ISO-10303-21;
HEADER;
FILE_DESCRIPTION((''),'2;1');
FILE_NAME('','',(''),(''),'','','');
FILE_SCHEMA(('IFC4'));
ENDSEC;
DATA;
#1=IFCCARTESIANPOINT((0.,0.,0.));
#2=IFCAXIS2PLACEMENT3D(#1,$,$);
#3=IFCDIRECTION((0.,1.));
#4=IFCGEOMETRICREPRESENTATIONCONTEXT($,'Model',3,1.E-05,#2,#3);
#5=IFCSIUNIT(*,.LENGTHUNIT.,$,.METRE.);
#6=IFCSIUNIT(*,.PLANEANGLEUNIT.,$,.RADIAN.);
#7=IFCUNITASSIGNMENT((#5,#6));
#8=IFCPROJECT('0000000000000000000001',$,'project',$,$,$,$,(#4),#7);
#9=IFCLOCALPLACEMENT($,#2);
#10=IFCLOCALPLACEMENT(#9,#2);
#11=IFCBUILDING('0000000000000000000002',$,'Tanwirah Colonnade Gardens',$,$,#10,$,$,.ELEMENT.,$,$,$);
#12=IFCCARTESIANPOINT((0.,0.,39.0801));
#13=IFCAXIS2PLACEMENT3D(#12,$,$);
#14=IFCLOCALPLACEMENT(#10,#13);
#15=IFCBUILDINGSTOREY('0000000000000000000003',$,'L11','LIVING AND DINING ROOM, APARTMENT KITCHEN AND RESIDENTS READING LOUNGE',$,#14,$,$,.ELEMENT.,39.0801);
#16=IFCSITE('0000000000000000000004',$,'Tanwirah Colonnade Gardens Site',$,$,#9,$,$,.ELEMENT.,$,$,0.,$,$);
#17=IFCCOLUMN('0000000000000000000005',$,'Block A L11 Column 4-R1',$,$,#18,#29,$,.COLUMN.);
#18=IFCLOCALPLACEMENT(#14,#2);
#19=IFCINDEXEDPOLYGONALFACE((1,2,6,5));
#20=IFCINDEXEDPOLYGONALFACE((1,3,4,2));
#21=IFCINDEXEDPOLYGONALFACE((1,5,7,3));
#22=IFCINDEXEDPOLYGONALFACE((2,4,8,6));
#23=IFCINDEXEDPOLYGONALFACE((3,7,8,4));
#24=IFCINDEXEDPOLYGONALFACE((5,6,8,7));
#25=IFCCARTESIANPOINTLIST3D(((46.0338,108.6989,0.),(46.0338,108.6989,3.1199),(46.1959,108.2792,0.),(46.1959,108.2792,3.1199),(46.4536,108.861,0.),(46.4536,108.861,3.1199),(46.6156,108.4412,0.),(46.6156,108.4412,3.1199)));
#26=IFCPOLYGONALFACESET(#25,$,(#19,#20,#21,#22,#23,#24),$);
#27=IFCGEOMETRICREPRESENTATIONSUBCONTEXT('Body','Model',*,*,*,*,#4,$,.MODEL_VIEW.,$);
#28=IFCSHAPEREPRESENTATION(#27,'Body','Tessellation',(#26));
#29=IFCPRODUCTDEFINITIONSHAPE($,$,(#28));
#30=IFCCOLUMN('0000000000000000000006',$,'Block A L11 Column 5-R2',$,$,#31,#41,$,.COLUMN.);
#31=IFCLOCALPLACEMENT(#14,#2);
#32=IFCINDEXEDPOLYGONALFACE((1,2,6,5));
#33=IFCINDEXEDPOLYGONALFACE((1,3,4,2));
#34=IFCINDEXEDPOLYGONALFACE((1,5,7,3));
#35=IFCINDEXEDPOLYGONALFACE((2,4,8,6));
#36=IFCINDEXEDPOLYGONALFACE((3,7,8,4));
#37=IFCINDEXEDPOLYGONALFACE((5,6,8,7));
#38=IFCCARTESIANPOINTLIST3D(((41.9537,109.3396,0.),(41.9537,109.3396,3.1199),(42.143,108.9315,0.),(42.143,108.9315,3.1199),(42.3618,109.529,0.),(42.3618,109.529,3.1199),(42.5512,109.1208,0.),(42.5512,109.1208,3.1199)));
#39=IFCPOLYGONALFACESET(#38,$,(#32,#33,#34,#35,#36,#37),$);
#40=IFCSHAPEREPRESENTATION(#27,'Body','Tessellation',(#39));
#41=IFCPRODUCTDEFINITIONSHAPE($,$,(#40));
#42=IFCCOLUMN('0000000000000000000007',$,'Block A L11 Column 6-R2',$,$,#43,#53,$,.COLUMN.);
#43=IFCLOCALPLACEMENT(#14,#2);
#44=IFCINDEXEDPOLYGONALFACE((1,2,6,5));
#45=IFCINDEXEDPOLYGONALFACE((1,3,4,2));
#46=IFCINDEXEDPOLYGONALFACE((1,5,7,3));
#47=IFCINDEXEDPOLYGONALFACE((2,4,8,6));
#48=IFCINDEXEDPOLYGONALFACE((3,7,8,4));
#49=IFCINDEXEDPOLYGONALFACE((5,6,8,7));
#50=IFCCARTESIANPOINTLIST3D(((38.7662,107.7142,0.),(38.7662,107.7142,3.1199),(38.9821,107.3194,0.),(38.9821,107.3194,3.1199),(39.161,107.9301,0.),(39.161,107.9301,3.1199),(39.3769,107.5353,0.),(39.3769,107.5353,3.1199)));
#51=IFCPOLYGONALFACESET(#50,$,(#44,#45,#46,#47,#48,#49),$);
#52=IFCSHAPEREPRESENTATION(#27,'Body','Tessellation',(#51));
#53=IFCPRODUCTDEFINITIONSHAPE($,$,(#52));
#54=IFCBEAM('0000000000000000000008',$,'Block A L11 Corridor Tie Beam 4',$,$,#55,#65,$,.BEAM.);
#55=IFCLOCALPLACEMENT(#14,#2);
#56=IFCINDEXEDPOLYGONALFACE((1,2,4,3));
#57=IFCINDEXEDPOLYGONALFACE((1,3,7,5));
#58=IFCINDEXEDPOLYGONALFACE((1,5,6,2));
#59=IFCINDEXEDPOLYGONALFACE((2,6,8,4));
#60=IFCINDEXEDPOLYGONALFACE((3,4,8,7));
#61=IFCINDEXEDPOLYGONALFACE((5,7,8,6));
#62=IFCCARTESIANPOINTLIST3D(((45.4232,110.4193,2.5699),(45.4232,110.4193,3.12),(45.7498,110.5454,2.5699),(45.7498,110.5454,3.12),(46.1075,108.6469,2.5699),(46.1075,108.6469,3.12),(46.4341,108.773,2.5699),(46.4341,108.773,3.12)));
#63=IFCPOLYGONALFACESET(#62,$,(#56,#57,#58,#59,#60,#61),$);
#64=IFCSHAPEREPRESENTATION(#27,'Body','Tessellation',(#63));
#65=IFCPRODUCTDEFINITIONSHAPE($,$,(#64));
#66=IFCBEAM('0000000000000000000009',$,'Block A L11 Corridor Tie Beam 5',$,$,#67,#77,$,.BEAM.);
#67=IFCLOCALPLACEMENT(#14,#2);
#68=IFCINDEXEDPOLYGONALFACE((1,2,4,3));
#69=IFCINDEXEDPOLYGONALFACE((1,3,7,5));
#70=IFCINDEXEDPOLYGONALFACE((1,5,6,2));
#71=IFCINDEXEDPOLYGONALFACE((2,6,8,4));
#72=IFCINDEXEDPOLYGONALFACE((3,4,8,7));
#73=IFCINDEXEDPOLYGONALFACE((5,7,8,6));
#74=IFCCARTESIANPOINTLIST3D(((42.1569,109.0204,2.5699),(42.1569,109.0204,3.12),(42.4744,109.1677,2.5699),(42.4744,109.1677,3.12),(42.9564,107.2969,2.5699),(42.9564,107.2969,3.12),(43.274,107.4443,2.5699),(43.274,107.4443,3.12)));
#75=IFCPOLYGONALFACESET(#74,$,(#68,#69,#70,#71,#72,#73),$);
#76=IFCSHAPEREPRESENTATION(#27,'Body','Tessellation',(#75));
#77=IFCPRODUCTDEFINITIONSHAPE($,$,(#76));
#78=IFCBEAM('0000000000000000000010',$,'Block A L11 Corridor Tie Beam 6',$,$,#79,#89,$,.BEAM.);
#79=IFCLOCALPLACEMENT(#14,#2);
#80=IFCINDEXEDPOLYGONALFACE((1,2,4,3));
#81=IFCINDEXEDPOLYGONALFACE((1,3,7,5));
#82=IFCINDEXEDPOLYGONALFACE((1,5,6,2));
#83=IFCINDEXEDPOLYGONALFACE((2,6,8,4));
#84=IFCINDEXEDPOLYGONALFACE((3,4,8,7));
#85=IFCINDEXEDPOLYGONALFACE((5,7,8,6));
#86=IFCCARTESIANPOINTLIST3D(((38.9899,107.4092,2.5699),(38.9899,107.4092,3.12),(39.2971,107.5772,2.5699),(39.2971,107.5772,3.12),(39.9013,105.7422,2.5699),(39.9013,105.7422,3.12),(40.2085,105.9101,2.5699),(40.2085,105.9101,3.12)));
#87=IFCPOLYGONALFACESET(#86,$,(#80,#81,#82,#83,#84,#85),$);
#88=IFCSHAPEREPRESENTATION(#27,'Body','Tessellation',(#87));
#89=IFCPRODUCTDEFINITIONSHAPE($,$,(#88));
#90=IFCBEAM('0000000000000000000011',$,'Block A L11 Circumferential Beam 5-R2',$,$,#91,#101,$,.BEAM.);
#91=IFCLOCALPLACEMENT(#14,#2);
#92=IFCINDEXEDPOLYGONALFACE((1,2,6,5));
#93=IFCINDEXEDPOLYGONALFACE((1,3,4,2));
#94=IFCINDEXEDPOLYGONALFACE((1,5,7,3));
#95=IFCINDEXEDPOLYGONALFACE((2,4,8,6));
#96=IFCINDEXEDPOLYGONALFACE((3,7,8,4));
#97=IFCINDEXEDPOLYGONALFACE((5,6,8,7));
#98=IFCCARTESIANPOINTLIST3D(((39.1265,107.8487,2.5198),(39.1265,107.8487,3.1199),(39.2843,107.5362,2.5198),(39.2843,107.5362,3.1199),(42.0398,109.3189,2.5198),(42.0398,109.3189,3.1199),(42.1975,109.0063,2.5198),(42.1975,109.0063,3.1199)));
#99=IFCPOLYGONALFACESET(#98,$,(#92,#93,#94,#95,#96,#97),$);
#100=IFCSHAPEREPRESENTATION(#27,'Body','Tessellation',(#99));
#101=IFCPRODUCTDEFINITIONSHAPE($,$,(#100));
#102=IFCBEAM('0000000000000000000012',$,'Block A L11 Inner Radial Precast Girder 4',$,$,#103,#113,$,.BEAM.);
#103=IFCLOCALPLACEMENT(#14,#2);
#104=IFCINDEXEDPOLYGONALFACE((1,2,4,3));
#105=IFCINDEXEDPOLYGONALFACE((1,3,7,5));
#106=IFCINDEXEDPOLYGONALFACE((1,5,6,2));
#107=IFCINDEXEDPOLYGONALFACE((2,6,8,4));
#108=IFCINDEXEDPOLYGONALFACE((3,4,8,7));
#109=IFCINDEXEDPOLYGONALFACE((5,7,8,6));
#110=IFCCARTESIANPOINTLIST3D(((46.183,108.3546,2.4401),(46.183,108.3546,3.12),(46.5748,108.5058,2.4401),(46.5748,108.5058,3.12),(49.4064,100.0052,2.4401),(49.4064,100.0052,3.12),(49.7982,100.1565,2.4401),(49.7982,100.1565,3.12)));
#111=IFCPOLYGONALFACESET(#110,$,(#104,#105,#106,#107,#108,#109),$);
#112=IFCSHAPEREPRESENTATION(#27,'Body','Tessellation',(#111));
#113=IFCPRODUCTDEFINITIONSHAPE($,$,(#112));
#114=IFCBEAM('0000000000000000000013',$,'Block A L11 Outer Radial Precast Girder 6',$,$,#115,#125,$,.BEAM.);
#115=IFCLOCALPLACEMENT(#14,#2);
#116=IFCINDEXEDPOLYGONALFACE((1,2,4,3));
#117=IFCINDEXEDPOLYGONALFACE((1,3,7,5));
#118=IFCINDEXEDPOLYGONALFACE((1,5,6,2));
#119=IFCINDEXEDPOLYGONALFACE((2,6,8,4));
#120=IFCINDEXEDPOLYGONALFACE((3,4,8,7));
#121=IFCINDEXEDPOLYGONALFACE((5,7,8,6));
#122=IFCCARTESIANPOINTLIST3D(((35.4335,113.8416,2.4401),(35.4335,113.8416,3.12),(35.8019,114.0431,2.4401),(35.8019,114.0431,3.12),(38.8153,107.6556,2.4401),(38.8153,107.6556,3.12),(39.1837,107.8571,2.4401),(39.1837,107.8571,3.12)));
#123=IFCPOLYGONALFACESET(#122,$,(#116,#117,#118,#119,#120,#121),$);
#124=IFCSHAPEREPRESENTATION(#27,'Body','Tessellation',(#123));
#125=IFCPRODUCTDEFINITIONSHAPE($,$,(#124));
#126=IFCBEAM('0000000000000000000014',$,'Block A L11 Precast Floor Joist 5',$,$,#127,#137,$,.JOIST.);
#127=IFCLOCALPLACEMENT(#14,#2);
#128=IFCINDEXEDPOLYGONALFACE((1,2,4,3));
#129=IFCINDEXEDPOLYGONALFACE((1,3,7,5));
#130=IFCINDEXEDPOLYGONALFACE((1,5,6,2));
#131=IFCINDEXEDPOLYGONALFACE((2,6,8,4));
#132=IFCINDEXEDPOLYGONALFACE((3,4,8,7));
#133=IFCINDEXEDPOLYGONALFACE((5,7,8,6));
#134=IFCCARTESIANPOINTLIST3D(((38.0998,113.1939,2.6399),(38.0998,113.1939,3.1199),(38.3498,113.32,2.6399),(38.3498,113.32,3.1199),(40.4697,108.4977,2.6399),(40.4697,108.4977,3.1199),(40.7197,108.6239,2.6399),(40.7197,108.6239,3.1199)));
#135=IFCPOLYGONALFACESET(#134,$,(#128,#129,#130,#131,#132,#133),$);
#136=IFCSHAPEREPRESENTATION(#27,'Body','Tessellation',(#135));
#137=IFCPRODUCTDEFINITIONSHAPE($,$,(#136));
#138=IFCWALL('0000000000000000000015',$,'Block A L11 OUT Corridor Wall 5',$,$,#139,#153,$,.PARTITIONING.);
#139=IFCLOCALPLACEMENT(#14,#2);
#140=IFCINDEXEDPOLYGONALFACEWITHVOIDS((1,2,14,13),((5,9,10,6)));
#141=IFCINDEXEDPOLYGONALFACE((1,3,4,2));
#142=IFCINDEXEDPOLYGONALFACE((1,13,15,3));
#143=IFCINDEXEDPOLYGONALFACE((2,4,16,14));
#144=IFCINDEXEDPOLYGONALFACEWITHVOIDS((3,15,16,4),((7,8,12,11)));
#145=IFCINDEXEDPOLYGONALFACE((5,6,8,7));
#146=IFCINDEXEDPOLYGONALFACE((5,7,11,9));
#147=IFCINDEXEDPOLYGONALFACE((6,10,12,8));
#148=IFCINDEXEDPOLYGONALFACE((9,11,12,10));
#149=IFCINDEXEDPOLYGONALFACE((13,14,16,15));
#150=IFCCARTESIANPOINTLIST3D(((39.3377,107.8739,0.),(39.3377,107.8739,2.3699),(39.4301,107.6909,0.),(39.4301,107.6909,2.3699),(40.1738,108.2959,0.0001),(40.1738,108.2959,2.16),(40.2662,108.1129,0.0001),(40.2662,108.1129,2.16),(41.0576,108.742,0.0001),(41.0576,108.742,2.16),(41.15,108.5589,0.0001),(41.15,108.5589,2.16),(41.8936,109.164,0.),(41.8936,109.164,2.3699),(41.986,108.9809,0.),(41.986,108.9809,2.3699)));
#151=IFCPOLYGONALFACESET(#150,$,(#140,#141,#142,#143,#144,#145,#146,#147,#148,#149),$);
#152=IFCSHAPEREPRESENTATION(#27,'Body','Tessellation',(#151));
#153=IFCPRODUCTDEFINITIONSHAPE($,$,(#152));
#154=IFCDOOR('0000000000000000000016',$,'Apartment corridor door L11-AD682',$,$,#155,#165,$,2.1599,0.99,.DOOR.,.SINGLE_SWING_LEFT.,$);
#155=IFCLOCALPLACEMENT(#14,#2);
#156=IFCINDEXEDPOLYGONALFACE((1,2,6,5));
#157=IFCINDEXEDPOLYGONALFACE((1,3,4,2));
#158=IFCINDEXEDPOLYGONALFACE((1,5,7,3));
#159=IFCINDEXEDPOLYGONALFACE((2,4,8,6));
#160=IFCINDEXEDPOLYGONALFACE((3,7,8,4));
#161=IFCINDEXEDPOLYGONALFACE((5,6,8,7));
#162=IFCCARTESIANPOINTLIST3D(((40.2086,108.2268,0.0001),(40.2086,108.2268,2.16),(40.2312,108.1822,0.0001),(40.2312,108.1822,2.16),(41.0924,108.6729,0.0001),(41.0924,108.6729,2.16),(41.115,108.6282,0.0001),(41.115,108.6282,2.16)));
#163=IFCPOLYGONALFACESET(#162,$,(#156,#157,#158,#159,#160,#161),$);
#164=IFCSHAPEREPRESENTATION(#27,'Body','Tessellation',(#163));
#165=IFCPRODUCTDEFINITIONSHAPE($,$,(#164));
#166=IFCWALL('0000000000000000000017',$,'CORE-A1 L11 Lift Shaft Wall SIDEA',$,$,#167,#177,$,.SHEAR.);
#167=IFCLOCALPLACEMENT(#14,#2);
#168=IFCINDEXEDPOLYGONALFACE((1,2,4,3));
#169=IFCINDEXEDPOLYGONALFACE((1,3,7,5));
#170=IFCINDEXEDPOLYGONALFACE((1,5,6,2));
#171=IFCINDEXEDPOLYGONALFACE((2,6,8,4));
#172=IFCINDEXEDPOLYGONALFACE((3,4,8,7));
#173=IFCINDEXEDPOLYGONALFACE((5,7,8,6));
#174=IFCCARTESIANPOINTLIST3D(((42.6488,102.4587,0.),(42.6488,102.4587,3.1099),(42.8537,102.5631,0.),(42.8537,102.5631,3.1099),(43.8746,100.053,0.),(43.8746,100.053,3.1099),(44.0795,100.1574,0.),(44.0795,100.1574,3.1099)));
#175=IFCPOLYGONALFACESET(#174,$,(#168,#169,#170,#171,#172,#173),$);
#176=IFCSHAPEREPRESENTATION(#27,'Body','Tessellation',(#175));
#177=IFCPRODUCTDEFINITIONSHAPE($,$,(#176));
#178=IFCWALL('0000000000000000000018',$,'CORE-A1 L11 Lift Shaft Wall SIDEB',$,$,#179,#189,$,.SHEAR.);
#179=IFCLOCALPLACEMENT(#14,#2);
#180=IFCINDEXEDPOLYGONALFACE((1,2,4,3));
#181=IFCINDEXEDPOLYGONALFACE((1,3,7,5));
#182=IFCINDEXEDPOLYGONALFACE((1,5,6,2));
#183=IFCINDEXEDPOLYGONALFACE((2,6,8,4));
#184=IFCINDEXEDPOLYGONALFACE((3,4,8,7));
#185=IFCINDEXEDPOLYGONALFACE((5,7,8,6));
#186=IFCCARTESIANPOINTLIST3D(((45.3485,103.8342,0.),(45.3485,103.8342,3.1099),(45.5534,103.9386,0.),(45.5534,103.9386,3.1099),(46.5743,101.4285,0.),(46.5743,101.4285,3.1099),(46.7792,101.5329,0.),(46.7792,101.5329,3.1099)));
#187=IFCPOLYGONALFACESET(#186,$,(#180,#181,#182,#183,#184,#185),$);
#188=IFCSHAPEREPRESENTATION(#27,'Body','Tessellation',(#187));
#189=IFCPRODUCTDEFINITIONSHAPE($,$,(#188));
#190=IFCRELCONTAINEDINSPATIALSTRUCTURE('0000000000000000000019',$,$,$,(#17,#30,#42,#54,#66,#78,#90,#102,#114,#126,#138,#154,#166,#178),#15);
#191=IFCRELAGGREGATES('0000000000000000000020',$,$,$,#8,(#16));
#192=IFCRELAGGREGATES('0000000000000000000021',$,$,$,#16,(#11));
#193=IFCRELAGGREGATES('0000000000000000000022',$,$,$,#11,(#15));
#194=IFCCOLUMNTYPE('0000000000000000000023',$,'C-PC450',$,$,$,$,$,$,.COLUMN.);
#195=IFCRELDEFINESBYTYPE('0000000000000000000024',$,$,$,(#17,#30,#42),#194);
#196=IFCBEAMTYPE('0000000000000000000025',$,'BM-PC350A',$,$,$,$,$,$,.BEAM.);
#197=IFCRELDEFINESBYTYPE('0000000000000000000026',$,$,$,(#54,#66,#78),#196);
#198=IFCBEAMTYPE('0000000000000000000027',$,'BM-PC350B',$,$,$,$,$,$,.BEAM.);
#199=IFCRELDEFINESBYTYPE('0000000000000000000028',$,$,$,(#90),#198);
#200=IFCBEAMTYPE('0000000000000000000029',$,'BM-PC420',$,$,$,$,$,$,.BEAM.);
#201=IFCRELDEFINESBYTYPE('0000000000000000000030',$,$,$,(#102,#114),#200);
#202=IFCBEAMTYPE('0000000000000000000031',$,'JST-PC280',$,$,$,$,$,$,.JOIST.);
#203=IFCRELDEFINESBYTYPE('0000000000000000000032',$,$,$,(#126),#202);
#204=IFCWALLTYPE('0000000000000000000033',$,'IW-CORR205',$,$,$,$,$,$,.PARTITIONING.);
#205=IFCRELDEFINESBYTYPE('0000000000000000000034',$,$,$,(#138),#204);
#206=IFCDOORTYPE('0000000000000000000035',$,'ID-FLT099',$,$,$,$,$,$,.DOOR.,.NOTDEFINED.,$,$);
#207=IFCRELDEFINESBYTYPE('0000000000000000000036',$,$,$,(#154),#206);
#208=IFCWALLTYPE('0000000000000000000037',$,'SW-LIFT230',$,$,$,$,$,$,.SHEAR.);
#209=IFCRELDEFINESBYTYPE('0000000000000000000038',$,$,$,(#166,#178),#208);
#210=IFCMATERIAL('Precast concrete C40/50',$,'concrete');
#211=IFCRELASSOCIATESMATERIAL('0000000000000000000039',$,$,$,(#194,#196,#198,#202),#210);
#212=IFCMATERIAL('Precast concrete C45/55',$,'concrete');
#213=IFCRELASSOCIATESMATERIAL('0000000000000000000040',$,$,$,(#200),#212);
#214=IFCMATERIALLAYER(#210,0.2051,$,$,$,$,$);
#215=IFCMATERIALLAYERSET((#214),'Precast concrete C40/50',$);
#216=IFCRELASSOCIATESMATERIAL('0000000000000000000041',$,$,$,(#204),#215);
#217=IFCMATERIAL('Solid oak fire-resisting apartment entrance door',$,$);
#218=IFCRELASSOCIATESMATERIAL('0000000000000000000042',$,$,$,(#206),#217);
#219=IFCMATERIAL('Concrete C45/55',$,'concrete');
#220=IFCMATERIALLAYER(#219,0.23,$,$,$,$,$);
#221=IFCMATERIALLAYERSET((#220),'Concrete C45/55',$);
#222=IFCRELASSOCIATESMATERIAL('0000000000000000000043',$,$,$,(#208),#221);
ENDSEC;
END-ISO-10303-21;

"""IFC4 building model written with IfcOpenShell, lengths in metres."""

from ifc_helpers import new_model, si_unit, direction, frame, frame_2d, origin, origin_2d, place, context, subcontext, project, spatial, rectangle, extrude, material, layer, layer_set, material_profile, profile_set, type_object, element, fill, save


model = new_model("IFC4")

# Units and contexts
model_context = context("Model", 3, precision=1e-05, world=origin(), true_north=direction((0.0, 1.0)))
body_context = subcontext(model_context, "Body", "Model", "MODEL_VIEW")
ifc_project = project(units=[si_unit("LENGTHUNIT", "METRE"), si_unit("PLANEANGLEUNIT", "RADIAN")], contexts=[model_context])

# Site, building, storey
site_placement = place(None, origin())
site = spatial("IfcSite", under=ifc_project, at=site_placement, Name="Tanwirah Colonnade Gardens Site", CompositionType="ELEMENT", RefElevation=0.0)
building_placement = place(site_placement, origin())
building = spatial("IfcBuilding", under=site, at=building_placement, Name="Tanwirah Colonnade Gardens", CompositionType="ELEMENT")
storey_placement = place(building_placement, frame((0.0, 0.0, 39.0801)))
storey = spatial("IfcBuildingStorey", under=building, at=storey_placement, Name="L11", Description="LIVING AND DINING ROOM, APARTMENT KITCHEN AND RESIDENTS READING LOUNGE", CompositionType="ELEMENT", Elevation=39.0801)

# Columns
ifc_material_1 = material(Name="Precast concrete C40/50", Category="concrete")
ifc_material_profile_1 = material_profile(ifc_material_1, rectangle(XDim=0.45, YDim=0.45, at=origin_2d()), Name="PC-COL 450x450")
ifc_profile_set_1 = profile_set([ifc_material_profile_1], Name="Precast concrete C40/50")
column_type = type_object("IfcColumnType", Name="C-PC450", PredefinedType="COLUMN", material=ifc_profile_set_1)
for number, where, z_axis, x_axis, name in (
    (1, (46.3247, 108.5701, 0.0), (0.0, 0.0, 1.0), (-0.360178, 0.932884, 0.0), "Block A L11 Column 4-R1"),
    (2, (42.2524, 109.2302, 0.0), (0.0, 0.0, 1.0), (-0.42086, 0.907126, 0.0), "Block A L11 Column 5-R2"),
    (3, (39.0715, 107.6248, 0.0), (0.0, 0.0, 1.0), (-0.479713, 0.877425, 0.0), "Block A L11 Column 6-R2"),
):
    element("IfcColumn", number, at=place(storey_placement, frame(where, z_axis=z_axis, x_axis=x_axis)), inside=storey, type_object=column_type, Name=name, PredefinedType="COLUMN", context=body_context, shape_type="SweptSolid", body=[
        extrude(rectangle(XDim=0.45, YDim=0.45, at=origin_2d()), origin(), (0.0, 0.0, 1.0), 3.1199),
    ])

# Beams
ifc_material_profile_2 = material_profile(ifc_material_1, rectangle(XDim=0.3501, YDim=0.55, at=origin_2d()), Name="PC-BM 350x550")
ifc_profile_set_2 = profile_set([ifc_material_profile_2], Name="Precast concrete C40/50")
beam_type_1 = type_object("IfcBeamType", Name="BM-PC350A", PredefinedType="BEAM", material=ifc_profile_set_2)
for number, where, z_axis, x_axis, name in (
    (4, (46.2708, 108.71, 2.845), (-0.360176, 0.932885, 0.0), (-0.932885, -0.360176, 0.0), "Block A L11 Corridor Tie Beam 4"),
    (5, (43.1152, 107.3706, 2.845), (-0.420858, 0.907126, 0.0), (-0.907126, -0.420858, 0.0), "Block A L11 Corridor Tie Beam 5"),
    (6, (40.0549, 105.8262, 2.845), (-0.479707, 0.877429, 0.0), (-0.877429, -0.479707, 0.0), "Block A L11 Corridor Tie Beam 6"),
):
    element("IfcBeam", number, at=place(storey_placement, frame(where, z_axis=z_axis, x_axis=x_axis)), inside=storey, type_object=beam_type_1, Name=name, PredefinedType="BEAM", context=body_context, shape_type="SweptSolid", body=[
        extrude(rectangle(XDim=0.3501, YDim=0.55, at=origin_2d()), origin(), (0.0, 0.0, 1.0), 1.8999),
    ])
ifc_material_profile_3 = material_profile(ifc_material_1, rectangle(XDim=0.3501, YDim=0.6001, at=origin_2d()), Name="PC-BM 350x600")
ifc_profile_set_3 = profile_set([ifc_material_profile_3], Name="Precast concrete C40/50")
beam_type_2 = type_object("IfcBeamType", Name="BM-PC350B", PredefinedType="BEAM", material=ifc_profile_set_3)
beam_1_placement = place(storey_placement, frame((42.1187, 109.1626, 2.8198), z_axis=(-0.89276, -0.450532, 0.0), x_axis=(0.450532, -0.89276, 0.0)))
element("IfcBeam", 7, at=beam_1_placement, inside=storey, type_object=beam_type_2, Name="Block A L11 Circumferential Beam 5-R2", PredefinedType="BEAM", context=body_context, shape_type="SweptSolid", body=[
    extrude(rectangle(XDim=0.3501, YDim=0.6001, at=origin_2d()), origin(), (0.0, 0.0, 1.0), 3.2632),
])
ifc_material_2 = material(Name="Precast concrete C45/55", Category="concrete")
ifc_material_profile_4 = material_profile(ifc_material_2, rectangle(XDim=0.4199, YDim=0.6799, at=origin_2d()), Name="PC-BM 420x680")
ifc_profile_set_4 = profile_set([ifc_material_profile_4], Name="Precast concrete C45/55")
beam_type_3 = type_object("IfcBeamType", Name="BM-PC420", PredefinedType="BEAM", material=ifc_profile_set_4)
beam_2_placement = place(storey_placement, frame((46.3789, 108.4302, 2.78), z_axis=(0.360156, -0.932892, 0.0), x_axis=(0.932892, 0.360156, 0.0)))
element("IfcBeam", 8, at=beam_2_placement, inside=storey, type_object=beam_type_3, Name="Block A L11 Inner Radial Precast Girder 4", PredefinedType="BEAM", context=body_context, shape_type="SweptSolid", body=[
    extrude(rectangle(XDim=0.4199, YDim=0.6799, at=origin_2d()), origin(), (0.0, 0.0, 1.0), 8.95),
])
beam_3_placement = place(storey_placement, frame((38.9995, 107.7563, 2.78), z_axis=(-0.479687, 0.87744, 0.0), x_axis=(-0.87744, -0.479687, 0.0)))
element("IfcBeam", 9, at=beam_3_placement, inside=storey, type_object=beam_type_3, Name="Block A L11 Outer Radial Precast Girder 6", PredefinedType="BEAM", context=body_context, shape_type="SweptSolid", body=[
    extrude(rectangle(XDim=0.4199, YDim=0.6799, at=origin_2d()), origin(), (0.0, 0.0, 1.0), 7.05),
])
ifc_material_profile_5 = material_profile(ifc_material_1, rectangle(XDim=0.28, YDim=0.48, at=origin_2d()), Name="PC-JST 280x480")
ifc_profile_set_5 = profile_set([ifc_material_profile_5], Name="Precast concrete C40/50")
beam_type_4 = type_object("IfcBeamType", Name="JST-PC280", PredefinedType="JOIST", material=ifc_profile_set_5)
beam_4_placement = place(storey_placement, frame((40.5947, 108.5608, 2.8799), z_axis=(-0.450534, 0.892759, 0.0), x_axis=(-0.892759, -0.450534, 0.0)))
element("IfcBeam", 10, at=beam_4_placement, inside=storey, type_object=beam_type_4, Name="Block A L11 Precast Floor Joist 5", PredefinedType="JOIST", context=body_context, shape_type="SweptSolid", body=[
    extrude(rectangle(XDim=0.28, YDim=0.48, at=origin_2d()), origin(), (0.0, 0.0, 1.0), 5.2603),
])

# Wall, opening, door
ifc_layer_1 = layer(ifc_material_1, 0.2051)
ifc_layer_set_1 = layer_set([ifc_layer_1], Name="Precast concrete C40/50")
wall_type_1 = type_object("IfcWallType", Name="IW-CORR205", PredefinedType="PARTITIONING", material=ifc_layer_set_1)
wall_1_placement = place(storey_placement, frame((41.9399, 109.0725, 0.0), z_axis=(0.0, 0.0, 1.0), x_axis=(-0.892732, -0.450587, 0.0)))
wall_1 = element("IfcWall", 11, at=wall_1_placement, inside=storey, type_object=wall_type_1, Name="Block A L11 OUT Corridor Wall 5", PredefinedType="PARTITIONING", context=body_context, shape_type="SweptSolid", body=[
    extrude(rectangle(XDim=2.863, YDim=0.2051, at=frame_2d((1.4316, 0.0))), origin(), (0.0, 0.0, 1.0), 2.3699),
])
opening_1_placement = place(wall_1_placement, frame((0.9365, 0.0, 0.0)))
opening_1 = element("IfcOpeningElement", 12, at=opening_1_placement, cuts=wall_1, PredefinedType="OPENING", context=body_context, shape_type="SweptSolid", body=[
    extrude(rectangle(XDim=0.99, YDim=2.1599, at=frame_2d((0.4951, 1.0801))), frame((0.0, 0.1125, 0.0), z_axis=(0.0, -1.0, 0.0), x_axis=(1.0, 0.0, 0.0)), (0.0, 0.0, 1.0), 0.2251),
])
ifc_material_3 = material(Name="Solid oak fire-resisting apartment entrance door")
door_type_1 = type_object("IfcDoorType", Name="ID-FLT099", OperationType="NOTDEFINED", PredefinedType="DOOR", material=ifc_material_3)
door_1_placement = place(opening_1_placement, origin())
door_1 = element("IfcDoor", 13, at=door_1_placement, inside=storey, type_object=door_type_1, Name="Apartment corridor door L11-AD682", OperationType="SINGLE_SWING_LEFT", OverallHeight=2.1599, OverallWidth=0.99, PredefinedType="DOOR", context=body_context, shape_type="SweptSolid", body=[
    extrude(rectangle(XDim=0.99, YDim=2.1599, at=frame_2d((0.4951, 1.0801))), frame((0.0, 0.0249, 0.0), z_axis=(0.0, -1.0, 0.0), x_axis=(1.0, 0.0, 0.0)), (0.0, 0.0, 1.0), 0.05),
])
fill(opening_1, door_1)
ifc_material_4 = material(Name="Concrete C45/55", Category="concrete")
ifc_layer_2 = layer(ifc_material_4, 0.23)
ifc_layer_set_2 = layer_set([ifc_layer_2], Name="Concrete C45/55")
wall_type_2 = type_object("IfcWallType", Name="SW-LIFT230", PredefinedType="SHEAR", material=ifc_layer_set_2)

# Walls
for number, where, z_axis, x_axis, name in (
    (14, (42.7512, 102.511, 0.0), (0.0, 0.0, 1.0), (0.454, -0.891002, 0.0), "CORE-A1 L11 Lift Shaft Wall SIDEA"),
    (15, (45.4509, 103.8865, 0.0), (0.0, 0.0, 1.0), (0.454, -0.891002, 0.0), "CORE-A1 L11 Lift Shaft Wall SIDEB"),
):
    element("IfcWall", number, at=place(storey_placement, frame(where, z_axis=z_axis, x_axis=x_axis)), inside=storey, type_object=wall_type_2, Name=name, PredefinedType="SHEAR", context=body_context, shape_type="SweptSolid", body=[
        extrude(rectangle(XDim=2.7, YDim=0.23, at=frame_2d((1.3501, 0.0))), origin(), (0.0, 0.0, 1.0), 3.1099),
    ])

save(model, "model.ifc")
